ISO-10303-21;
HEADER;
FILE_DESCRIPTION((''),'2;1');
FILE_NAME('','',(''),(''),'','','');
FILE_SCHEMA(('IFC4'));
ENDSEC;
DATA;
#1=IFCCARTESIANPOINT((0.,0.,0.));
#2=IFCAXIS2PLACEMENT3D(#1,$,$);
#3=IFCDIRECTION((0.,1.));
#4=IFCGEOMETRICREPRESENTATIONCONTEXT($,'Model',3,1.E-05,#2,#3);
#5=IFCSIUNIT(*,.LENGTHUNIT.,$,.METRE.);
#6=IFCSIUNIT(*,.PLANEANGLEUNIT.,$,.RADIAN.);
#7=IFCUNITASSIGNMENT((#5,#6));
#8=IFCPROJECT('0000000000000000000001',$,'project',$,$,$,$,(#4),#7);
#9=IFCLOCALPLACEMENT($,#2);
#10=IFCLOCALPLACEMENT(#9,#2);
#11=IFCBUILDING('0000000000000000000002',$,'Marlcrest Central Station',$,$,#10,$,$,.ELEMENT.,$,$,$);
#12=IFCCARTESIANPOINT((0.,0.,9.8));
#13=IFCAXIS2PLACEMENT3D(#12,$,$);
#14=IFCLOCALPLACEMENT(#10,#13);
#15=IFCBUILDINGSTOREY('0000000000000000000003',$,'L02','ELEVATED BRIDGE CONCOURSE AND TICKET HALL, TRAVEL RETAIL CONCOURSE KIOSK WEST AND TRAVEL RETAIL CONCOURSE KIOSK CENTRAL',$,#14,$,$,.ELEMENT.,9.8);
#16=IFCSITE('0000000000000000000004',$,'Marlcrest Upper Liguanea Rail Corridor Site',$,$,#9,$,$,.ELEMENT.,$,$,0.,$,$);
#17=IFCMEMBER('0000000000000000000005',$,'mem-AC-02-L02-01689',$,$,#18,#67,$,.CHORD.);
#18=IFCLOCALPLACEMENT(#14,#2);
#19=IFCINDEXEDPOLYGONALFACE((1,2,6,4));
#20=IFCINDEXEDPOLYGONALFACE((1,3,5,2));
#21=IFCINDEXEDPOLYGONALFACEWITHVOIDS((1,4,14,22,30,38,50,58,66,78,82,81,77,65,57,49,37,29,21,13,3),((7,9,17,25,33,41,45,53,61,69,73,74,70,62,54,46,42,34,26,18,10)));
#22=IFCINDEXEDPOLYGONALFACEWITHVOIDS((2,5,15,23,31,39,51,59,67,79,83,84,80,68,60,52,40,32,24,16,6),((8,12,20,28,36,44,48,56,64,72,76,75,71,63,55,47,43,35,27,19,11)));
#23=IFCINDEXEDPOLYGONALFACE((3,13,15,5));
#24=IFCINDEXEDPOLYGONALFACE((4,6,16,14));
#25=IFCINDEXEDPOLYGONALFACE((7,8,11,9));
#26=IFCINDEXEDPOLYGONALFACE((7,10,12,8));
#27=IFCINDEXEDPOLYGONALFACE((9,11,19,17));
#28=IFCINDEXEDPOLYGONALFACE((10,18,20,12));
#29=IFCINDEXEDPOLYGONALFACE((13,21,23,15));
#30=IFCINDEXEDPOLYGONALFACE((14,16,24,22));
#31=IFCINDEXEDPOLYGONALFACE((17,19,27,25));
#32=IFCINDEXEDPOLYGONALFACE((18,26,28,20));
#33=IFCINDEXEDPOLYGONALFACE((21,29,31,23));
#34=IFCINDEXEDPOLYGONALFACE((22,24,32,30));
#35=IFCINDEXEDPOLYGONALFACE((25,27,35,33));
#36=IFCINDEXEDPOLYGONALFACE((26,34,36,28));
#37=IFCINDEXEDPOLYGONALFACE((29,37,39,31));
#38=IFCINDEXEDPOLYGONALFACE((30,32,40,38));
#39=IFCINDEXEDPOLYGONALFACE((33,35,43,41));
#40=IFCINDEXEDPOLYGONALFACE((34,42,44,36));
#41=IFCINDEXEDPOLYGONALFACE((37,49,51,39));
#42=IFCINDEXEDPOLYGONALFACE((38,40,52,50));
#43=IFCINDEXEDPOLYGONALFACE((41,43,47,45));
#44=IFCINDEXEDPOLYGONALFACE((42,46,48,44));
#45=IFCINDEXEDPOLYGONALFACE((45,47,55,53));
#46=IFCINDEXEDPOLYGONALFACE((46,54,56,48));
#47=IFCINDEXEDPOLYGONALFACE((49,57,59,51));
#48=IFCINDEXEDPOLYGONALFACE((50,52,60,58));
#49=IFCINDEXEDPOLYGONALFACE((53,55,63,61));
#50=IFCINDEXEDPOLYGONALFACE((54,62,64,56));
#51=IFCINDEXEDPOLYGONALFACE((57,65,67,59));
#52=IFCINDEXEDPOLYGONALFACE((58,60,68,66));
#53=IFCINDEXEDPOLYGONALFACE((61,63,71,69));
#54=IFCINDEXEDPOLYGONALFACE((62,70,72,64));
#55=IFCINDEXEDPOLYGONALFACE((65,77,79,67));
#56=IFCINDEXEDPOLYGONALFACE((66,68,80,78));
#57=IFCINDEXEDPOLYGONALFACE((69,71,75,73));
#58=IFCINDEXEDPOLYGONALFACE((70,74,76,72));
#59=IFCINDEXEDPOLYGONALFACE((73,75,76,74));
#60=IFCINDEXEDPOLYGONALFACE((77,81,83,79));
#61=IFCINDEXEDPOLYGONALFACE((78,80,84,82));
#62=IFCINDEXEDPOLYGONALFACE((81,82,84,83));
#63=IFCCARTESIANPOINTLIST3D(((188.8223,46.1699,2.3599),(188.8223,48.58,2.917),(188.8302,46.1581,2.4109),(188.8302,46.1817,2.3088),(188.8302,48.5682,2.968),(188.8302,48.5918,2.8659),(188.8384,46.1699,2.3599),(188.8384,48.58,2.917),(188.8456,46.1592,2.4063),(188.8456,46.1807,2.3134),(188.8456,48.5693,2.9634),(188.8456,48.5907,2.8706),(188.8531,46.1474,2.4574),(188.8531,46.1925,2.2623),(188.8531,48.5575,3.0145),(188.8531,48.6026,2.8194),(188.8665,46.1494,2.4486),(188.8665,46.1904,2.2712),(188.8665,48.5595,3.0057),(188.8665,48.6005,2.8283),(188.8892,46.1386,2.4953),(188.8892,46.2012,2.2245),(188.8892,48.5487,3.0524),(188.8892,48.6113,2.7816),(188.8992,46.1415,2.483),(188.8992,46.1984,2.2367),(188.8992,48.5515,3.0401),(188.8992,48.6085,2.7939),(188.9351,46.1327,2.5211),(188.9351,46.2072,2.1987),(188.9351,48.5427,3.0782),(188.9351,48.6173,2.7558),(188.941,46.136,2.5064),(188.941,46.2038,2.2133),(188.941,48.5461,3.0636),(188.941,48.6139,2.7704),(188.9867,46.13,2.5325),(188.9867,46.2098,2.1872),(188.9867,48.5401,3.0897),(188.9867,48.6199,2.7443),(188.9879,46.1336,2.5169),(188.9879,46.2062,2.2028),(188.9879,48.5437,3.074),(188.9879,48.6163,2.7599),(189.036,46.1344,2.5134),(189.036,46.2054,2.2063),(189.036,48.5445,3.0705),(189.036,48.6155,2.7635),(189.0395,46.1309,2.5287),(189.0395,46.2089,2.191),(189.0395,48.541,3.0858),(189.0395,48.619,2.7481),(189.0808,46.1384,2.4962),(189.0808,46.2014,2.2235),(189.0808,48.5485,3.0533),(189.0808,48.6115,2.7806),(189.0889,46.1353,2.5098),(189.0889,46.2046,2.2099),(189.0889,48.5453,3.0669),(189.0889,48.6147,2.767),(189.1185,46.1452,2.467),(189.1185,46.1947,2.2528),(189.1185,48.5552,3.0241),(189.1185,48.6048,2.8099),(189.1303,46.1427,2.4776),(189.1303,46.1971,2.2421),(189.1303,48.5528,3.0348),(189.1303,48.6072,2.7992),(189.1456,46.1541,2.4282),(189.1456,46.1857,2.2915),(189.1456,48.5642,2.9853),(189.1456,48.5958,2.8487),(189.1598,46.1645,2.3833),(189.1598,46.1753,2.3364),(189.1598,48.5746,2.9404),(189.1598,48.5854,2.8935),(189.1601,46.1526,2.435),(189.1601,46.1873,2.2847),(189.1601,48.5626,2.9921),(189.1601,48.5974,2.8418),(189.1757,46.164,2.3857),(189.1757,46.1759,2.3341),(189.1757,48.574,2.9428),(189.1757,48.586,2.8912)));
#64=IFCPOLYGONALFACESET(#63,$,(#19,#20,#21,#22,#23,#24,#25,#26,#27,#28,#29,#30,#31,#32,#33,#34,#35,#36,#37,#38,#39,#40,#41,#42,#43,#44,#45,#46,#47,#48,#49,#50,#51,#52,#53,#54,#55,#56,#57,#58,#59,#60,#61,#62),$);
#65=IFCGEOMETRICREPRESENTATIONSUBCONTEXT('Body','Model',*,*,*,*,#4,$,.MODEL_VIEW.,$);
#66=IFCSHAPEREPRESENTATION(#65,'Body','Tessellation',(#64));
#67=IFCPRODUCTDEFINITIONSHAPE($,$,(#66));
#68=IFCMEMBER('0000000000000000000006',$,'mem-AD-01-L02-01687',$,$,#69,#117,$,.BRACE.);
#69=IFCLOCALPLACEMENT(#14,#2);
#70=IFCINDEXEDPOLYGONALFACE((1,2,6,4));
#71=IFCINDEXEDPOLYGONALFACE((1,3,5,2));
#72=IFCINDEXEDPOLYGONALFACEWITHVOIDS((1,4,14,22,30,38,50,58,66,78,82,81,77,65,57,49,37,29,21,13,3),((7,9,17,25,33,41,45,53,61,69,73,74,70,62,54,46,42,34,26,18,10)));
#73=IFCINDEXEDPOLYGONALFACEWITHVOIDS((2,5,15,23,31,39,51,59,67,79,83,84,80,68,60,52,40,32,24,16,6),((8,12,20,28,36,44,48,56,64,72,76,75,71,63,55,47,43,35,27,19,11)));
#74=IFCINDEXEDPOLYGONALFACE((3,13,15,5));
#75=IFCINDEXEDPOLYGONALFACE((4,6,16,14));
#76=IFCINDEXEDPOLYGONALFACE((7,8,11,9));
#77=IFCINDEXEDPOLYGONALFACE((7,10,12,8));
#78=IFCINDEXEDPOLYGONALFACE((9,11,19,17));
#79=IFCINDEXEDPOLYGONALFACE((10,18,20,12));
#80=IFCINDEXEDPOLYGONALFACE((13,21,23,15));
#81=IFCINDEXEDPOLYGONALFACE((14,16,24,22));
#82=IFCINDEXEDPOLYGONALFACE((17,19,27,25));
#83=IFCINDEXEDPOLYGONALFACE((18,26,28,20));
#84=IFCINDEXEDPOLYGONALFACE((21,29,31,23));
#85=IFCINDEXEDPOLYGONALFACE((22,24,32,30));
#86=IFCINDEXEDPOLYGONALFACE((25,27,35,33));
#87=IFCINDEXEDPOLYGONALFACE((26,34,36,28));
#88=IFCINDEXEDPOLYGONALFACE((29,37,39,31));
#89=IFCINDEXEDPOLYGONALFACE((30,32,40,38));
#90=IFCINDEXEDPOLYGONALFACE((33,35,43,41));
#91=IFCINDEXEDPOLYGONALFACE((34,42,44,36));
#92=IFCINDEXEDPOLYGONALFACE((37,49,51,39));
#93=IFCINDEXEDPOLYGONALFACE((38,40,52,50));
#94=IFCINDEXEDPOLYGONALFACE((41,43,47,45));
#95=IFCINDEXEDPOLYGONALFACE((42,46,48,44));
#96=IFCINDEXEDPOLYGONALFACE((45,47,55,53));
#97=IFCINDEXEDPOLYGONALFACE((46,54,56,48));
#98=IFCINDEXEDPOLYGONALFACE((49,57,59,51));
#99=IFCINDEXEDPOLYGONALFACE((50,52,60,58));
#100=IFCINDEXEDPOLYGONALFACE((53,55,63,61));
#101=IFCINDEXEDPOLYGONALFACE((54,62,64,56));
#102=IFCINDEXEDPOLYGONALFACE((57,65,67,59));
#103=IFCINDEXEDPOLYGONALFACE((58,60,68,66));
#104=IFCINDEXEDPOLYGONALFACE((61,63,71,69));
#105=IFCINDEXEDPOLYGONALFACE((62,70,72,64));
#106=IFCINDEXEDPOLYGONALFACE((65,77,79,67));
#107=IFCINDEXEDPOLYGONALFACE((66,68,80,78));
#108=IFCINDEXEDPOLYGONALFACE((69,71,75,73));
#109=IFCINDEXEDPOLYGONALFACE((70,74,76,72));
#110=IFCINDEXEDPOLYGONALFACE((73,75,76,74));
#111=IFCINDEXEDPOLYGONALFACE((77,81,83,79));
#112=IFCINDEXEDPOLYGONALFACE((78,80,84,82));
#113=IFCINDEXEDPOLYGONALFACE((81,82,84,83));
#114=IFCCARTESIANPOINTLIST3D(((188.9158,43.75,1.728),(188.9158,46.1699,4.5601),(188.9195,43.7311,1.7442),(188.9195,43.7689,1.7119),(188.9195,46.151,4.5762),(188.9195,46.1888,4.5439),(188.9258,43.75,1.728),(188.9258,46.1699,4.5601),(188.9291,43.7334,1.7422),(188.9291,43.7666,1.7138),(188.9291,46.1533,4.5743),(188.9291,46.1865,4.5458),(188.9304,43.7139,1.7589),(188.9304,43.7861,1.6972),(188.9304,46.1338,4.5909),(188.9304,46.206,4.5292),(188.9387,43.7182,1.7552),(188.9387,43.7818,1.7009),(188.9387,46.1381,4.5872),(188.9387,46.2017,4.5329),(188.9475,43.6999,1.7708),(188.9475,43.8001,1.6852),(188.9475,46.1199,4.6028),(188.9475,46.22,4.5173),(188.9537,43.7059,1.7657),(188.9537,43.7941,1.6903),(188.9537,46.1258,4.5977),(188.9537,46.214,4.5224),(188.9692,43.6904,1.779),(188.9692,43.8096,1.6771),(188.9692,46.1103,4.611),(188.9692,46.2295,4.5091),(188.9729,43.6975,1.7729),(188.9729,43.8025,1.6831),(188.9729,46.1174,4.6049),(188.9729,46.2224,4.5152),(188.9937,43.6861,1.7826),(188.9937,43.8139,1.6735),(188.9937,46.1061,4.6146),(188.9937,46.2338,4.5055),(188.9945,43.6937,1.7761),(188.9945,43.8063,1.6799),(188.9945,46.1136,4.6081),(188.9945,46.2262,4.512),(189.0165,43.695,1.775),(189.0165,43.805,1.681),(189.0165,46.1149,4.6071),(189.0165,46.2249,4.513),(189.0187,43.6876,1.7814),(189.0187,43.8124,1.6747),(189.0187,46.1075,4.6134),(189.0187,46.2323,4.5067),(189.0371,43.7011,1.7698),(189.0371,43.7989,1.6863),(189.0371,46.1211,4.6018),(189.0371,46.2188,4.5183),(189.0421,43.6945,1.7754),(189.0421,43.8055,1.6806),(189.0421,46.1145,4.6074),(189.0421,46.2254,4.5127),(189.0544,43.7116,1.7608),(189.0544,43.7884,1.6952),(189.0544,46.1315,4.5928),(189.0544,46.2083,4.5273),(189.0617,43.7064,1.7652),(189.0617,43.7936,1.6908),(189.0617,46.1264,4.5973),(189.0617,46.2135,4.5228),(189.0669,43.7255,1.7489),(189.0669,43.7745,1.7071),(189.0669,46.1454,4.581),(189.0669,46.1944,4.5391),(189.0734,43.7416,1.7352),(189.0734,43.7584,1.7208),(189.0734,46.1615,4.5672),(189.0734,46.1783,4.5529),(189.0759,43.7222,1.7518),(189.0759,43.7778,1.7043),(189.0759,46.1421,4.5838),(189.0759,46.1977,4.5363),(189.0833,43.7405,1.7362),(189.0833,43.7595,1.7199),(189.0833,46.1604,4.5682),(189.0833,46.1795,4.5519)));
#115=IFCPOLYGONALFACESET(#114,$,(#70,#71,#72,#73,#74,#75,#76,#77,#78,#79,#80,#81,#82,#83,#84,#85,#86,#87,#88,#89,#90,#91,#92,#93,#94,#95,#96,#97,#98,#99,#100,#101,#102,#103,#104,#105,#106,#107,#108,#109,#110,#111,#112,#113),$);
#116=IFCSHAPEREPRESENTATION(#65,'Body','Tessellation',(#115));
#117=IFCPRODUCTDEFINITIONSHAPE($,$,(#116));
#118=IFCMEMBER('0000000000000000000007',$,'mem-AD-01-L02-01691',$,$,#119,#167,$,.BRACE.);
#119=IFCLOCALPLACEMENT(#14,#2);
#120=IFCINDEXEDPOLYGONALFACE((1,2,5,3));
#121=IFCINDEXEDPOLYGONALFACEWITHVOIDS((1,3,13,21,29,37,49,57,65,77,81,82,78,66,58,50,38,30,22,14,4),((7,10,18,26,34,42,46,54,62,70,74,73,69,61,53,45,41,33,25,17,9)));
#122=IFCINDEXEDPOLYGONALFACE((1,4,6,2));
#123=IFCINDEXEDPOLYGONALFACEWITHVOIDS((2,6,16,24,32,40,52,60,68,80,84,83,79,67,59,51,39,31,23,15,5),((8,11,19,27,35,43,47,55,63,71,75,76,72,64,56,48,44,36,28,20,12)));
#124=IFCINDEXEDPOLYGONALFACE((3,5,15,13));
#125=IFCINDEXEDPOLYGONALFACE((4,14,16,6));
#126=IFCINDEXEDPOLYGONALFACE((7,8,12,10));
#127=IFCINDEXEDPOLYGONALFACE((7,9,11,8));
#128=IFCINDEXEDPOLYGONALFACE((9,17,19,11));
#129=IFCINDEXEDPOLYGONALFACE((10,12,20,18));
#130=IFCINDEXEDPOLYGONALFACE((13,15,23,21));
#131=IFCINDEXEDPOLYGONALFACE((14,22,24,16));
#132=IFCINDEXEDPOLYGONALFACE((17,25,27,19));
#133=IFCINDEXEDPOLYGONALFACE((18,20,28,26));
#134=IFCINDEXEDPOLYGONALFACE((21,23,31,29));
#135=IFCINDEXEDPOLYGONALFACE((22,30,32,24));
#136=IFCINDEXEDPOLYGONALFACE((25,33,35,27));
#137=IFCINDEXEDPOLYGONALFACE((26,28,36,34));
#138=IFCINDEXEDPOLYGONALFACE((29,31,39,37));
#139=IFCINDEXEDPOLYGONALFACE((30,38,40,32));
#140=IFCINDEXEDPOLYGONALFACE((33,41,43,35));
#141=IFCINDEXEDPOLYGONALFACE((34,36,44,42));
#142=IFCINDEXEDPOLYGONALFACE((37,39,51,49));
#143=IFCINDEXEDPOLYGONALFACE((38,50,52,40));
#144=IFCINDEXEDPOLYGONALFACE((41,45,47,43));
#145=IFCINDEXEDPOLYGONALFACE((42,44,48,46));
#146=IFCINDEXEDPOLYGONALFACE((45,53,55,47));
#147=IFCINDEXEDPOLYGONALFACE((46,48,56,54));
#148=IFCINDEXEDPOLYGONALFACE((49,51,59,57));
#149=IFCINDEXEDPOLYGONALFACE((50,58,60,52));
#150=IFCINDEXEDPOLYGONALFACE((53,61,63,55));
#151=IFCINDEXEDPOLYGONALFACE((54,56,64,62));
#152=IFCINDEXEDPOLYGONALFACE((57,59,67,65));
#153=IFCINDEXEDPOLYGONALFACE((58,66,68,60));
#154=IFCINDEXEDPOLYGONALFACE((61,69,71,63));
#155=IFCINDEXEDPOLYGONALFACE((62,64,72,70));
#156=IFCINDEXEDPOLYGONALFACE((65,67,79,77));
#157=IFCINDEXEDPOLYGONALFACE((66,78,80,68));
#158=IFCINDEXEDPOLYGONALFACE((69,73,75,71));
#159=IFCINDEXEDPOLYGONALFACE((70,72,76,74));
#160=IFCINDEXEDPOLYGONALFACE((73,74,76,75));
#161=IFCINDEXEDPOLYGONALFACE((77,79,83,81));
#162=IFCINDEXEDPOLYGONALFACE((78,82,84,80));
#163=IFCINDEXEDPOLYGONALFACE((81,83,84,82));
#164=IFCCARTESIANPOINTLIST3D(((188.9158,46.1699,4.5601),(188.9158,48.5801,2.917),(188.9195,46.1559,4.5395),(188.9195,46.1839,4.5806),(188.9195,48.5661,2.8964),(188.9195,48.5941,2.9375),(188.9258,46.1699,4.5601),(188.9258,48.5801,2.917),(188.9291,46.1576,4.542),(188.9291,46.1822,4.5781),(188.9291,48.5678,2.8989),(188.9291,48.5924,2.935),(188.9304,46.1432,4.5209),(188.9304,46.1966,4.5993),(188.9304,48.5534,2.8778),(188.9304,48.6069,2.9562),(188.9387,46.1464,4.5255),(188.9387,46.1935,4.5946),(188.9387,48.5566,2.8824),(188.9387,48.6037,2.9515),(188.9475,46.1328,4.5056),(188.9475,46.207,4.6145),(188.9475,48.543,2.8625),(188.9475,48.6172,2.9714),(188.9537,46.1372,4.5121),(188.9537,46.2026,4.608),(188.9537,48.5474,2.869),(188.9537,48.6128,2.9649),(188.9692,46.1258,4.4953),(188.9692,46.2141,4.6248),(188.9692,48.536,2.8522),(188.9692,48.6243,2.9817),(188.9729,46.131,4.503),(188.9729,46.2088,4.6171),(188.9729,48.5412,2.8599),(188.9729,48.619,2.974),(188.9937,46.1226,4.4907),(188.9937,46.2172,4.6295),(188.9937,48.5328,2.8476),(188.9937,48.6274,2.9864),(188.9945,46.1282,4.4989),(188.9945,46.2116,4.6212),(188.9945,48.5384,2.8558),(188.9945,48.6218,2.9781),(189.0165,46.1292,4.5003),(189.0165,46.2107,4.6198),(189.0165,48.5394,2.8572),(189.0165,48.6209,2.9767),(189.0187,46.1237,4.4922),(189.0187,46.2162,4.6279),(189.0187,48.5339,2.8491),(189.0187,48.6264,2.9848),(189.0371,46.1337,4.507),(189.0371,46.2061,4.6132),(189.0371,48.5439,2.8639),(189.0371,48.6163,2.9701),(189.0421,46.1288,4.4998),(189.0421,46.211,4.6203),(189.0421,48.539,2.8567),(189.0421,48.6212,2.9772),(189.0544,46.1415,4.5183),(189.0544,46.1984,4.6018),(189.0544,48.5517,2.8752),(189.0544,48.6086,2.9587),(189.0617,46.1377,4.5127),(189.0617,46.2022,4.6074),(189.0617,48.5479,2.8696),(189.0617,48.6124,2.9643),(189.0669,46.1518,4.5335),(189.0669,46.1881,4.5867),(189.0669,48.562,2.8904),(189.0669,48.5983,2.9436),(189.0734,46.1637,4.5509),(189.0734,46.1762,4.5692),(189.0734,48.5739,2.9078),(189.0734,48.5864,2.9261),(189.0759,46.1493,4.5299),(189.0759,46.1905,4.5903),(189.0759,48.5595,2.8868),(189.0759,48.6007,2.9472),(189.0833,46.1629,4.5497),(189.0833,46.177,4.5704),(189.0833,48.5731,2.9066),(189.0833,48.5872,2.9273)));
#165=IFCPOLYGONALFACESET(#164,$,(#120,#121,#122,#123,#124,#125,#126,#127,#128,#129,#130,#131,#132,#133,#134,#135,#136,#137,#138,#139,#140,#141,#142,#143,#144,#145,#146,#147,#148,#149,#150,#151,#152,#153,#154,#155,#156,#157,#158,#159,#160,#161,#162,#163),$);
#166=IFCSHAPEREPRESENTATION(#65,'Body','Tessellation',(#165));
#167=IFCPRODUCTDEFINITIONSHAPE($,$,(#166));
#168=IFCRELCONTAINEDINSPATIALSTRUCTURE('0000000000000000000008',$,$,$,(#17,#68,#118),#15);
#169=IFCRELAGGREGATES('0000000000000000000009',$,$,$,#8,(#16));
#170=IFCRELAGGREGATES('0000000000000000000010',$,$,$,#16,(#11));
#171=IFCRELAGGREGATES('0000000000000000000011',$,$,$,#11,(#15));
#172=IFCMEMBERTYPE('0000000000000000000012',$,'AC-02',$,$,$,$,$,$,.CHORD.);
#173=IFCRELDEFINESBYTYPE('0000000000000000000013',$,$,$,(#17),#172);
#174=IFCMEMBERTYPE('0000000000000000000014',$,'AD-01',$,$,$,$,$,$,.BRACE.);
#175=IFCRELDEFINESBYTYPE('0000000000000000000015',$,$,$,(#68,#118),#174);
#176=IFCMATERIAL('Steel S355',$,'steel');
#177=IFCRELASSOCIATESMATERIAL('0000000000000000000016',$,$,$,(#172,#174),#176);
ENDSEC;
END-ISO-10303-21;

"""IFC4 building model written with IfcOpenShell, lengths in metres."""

from ifc_helpers import new_model, si_unit, direction, frame, origin, origin_2d, place, context, subcontext, project, spatial, hollow_circle, extrude, material, material_profile, profile_set, type_object, element, save


model = new_model("IFC4")

# Units and contexts
model_context = context("Model", 3, precision=1e-05, world=origin(), true_north=direction((0.0, 1.0)))
body_context = subcontext(model_context, "Body", "Model", "MODEL_VIEW")
ifc_project = project(units=[si_unit("LENGTHUNIT", "METRE"), si_unit("PLANEANGLEUNIT", "RADIAN")], contexts=[model_context])

# Site, building, storey
site_placement = place(None, origin())
site = spatial("IfcSite", under=ifc_project, at=site_placement, Name="Marlcrest Upper Liguanea Rail Corridor Site", CompositionType="ELEMENT", RefElevation=0.0)
building_placement = place(site_placement, origin())
building = spatial("IfcBuilding", under=site, at=building_placement, Name="Marlcrest Central Station", CompositionType="ELEMENT")
storey_placement = place(building_placement, frame((0.0, 0.0, 9.8)))
storey = spatial("IfcBuildingStorey", under=building, at=storey_placement, Name="L02", Description="ELEVATED BRIDGE CONCOURSE AND TICKET HALL, TRAVEL RETAIL CONCOURSE KIOSK WEST AND TRAVEL RETAIL CONCOURSE KIOSK CENTRAL", CompositionType="ELEMENT", Elevation=9.8)

# Members
ifc_material_1 = material(Name="Steel S355", Category="steel")
ifc_material_profile_1 = material_profile(ifc_material_1, hollow_circle(Radius=0.1777, WallThickness=0.0161, at=origin_2d()), Name="CHS 355.6x16")
ifc_profile_set_1 = profile_set([ifc_material_profile_1], Name="Steel S355")
member_type_1 = type_object("IfcMemberType", Name="AC-02", PredefinedType="CHORD", material=ifc_profile_set_1)
member_1_placement = place(storey_placement, frame((189.0, 46.1699, 2.3599), z_axis=(0.0, 0.974308, 0.22522), x_axis=(-1.0, 0.0, 0.0)))
element("IfcMember", 1, at=member_1_placement, inside=storey, type_object=member_type_1, Name="mem-AC-02-L02-01689", PredefinedType="CHORD", context=body_context, shape_type="SweptSolid", body=[
    extrude(hollow_circle(Radius=0.1777, WallThickness=0.0161, at=origin_2d()), origin(), (0.0, 0.0, 1.0), 2.4736),
])
ifc_material_profile_2 = material_profile(ifc_material_1, hollow_circle(Radius=0.0842, WallThickness=0.01, at=origin_2d()), Name="CHS 168.3x10")
ifc_profile_set_2 = profile_set([ifc_material_profile_2], Name="Steel S355")
member_type_2 = type_object("IfcMemberType", Name="AD-01", PredefinedType="BRACE", material=ifc_profile_set_2)
member_2_placement = place(storey_placement, frame((189.0, 43.75, 1.728), z_axis=(0.0, 0.649625, 0.760255), x_axis=(-1.0, 0.0, 0.0)))
element("IfcMember", 2, at=member_2_placement, inside=storey, type_object=member_type_2, Name="mem-AD-01-L02-01687", PredefinedType="BRACE", context=body_context, shape_type="SweptSolid", body=[
    extrude(hollow_circle(Radius=0.0842, WallThickness=0.01, at=origin_2d()), origin(), (0.0, 0.0, 1.0), 3.7251),
])
member_3_placement = place(storey_placement, frame((189.0, 46.1699, 4.5601), z_axis=(0.0, 0.826263, -0.563285), x_axis=(-1.0, 0.0, 0.0)))
element("IfcMember", 3, at=member_3_placement, inside=storey, type_object=member_type_2, Name="mem-AD-01-L02-01691", PredefinedType="BRACE", context=body_context, shape_type="SweptSolid", body=[
    extrude(hollow_circle(Radius=0.0842, WallThickness=0.01, at=origin_2d()), origin(), (0.0, 0.0, 1.0), 2.917),
])

save(model, "model.ifc")
